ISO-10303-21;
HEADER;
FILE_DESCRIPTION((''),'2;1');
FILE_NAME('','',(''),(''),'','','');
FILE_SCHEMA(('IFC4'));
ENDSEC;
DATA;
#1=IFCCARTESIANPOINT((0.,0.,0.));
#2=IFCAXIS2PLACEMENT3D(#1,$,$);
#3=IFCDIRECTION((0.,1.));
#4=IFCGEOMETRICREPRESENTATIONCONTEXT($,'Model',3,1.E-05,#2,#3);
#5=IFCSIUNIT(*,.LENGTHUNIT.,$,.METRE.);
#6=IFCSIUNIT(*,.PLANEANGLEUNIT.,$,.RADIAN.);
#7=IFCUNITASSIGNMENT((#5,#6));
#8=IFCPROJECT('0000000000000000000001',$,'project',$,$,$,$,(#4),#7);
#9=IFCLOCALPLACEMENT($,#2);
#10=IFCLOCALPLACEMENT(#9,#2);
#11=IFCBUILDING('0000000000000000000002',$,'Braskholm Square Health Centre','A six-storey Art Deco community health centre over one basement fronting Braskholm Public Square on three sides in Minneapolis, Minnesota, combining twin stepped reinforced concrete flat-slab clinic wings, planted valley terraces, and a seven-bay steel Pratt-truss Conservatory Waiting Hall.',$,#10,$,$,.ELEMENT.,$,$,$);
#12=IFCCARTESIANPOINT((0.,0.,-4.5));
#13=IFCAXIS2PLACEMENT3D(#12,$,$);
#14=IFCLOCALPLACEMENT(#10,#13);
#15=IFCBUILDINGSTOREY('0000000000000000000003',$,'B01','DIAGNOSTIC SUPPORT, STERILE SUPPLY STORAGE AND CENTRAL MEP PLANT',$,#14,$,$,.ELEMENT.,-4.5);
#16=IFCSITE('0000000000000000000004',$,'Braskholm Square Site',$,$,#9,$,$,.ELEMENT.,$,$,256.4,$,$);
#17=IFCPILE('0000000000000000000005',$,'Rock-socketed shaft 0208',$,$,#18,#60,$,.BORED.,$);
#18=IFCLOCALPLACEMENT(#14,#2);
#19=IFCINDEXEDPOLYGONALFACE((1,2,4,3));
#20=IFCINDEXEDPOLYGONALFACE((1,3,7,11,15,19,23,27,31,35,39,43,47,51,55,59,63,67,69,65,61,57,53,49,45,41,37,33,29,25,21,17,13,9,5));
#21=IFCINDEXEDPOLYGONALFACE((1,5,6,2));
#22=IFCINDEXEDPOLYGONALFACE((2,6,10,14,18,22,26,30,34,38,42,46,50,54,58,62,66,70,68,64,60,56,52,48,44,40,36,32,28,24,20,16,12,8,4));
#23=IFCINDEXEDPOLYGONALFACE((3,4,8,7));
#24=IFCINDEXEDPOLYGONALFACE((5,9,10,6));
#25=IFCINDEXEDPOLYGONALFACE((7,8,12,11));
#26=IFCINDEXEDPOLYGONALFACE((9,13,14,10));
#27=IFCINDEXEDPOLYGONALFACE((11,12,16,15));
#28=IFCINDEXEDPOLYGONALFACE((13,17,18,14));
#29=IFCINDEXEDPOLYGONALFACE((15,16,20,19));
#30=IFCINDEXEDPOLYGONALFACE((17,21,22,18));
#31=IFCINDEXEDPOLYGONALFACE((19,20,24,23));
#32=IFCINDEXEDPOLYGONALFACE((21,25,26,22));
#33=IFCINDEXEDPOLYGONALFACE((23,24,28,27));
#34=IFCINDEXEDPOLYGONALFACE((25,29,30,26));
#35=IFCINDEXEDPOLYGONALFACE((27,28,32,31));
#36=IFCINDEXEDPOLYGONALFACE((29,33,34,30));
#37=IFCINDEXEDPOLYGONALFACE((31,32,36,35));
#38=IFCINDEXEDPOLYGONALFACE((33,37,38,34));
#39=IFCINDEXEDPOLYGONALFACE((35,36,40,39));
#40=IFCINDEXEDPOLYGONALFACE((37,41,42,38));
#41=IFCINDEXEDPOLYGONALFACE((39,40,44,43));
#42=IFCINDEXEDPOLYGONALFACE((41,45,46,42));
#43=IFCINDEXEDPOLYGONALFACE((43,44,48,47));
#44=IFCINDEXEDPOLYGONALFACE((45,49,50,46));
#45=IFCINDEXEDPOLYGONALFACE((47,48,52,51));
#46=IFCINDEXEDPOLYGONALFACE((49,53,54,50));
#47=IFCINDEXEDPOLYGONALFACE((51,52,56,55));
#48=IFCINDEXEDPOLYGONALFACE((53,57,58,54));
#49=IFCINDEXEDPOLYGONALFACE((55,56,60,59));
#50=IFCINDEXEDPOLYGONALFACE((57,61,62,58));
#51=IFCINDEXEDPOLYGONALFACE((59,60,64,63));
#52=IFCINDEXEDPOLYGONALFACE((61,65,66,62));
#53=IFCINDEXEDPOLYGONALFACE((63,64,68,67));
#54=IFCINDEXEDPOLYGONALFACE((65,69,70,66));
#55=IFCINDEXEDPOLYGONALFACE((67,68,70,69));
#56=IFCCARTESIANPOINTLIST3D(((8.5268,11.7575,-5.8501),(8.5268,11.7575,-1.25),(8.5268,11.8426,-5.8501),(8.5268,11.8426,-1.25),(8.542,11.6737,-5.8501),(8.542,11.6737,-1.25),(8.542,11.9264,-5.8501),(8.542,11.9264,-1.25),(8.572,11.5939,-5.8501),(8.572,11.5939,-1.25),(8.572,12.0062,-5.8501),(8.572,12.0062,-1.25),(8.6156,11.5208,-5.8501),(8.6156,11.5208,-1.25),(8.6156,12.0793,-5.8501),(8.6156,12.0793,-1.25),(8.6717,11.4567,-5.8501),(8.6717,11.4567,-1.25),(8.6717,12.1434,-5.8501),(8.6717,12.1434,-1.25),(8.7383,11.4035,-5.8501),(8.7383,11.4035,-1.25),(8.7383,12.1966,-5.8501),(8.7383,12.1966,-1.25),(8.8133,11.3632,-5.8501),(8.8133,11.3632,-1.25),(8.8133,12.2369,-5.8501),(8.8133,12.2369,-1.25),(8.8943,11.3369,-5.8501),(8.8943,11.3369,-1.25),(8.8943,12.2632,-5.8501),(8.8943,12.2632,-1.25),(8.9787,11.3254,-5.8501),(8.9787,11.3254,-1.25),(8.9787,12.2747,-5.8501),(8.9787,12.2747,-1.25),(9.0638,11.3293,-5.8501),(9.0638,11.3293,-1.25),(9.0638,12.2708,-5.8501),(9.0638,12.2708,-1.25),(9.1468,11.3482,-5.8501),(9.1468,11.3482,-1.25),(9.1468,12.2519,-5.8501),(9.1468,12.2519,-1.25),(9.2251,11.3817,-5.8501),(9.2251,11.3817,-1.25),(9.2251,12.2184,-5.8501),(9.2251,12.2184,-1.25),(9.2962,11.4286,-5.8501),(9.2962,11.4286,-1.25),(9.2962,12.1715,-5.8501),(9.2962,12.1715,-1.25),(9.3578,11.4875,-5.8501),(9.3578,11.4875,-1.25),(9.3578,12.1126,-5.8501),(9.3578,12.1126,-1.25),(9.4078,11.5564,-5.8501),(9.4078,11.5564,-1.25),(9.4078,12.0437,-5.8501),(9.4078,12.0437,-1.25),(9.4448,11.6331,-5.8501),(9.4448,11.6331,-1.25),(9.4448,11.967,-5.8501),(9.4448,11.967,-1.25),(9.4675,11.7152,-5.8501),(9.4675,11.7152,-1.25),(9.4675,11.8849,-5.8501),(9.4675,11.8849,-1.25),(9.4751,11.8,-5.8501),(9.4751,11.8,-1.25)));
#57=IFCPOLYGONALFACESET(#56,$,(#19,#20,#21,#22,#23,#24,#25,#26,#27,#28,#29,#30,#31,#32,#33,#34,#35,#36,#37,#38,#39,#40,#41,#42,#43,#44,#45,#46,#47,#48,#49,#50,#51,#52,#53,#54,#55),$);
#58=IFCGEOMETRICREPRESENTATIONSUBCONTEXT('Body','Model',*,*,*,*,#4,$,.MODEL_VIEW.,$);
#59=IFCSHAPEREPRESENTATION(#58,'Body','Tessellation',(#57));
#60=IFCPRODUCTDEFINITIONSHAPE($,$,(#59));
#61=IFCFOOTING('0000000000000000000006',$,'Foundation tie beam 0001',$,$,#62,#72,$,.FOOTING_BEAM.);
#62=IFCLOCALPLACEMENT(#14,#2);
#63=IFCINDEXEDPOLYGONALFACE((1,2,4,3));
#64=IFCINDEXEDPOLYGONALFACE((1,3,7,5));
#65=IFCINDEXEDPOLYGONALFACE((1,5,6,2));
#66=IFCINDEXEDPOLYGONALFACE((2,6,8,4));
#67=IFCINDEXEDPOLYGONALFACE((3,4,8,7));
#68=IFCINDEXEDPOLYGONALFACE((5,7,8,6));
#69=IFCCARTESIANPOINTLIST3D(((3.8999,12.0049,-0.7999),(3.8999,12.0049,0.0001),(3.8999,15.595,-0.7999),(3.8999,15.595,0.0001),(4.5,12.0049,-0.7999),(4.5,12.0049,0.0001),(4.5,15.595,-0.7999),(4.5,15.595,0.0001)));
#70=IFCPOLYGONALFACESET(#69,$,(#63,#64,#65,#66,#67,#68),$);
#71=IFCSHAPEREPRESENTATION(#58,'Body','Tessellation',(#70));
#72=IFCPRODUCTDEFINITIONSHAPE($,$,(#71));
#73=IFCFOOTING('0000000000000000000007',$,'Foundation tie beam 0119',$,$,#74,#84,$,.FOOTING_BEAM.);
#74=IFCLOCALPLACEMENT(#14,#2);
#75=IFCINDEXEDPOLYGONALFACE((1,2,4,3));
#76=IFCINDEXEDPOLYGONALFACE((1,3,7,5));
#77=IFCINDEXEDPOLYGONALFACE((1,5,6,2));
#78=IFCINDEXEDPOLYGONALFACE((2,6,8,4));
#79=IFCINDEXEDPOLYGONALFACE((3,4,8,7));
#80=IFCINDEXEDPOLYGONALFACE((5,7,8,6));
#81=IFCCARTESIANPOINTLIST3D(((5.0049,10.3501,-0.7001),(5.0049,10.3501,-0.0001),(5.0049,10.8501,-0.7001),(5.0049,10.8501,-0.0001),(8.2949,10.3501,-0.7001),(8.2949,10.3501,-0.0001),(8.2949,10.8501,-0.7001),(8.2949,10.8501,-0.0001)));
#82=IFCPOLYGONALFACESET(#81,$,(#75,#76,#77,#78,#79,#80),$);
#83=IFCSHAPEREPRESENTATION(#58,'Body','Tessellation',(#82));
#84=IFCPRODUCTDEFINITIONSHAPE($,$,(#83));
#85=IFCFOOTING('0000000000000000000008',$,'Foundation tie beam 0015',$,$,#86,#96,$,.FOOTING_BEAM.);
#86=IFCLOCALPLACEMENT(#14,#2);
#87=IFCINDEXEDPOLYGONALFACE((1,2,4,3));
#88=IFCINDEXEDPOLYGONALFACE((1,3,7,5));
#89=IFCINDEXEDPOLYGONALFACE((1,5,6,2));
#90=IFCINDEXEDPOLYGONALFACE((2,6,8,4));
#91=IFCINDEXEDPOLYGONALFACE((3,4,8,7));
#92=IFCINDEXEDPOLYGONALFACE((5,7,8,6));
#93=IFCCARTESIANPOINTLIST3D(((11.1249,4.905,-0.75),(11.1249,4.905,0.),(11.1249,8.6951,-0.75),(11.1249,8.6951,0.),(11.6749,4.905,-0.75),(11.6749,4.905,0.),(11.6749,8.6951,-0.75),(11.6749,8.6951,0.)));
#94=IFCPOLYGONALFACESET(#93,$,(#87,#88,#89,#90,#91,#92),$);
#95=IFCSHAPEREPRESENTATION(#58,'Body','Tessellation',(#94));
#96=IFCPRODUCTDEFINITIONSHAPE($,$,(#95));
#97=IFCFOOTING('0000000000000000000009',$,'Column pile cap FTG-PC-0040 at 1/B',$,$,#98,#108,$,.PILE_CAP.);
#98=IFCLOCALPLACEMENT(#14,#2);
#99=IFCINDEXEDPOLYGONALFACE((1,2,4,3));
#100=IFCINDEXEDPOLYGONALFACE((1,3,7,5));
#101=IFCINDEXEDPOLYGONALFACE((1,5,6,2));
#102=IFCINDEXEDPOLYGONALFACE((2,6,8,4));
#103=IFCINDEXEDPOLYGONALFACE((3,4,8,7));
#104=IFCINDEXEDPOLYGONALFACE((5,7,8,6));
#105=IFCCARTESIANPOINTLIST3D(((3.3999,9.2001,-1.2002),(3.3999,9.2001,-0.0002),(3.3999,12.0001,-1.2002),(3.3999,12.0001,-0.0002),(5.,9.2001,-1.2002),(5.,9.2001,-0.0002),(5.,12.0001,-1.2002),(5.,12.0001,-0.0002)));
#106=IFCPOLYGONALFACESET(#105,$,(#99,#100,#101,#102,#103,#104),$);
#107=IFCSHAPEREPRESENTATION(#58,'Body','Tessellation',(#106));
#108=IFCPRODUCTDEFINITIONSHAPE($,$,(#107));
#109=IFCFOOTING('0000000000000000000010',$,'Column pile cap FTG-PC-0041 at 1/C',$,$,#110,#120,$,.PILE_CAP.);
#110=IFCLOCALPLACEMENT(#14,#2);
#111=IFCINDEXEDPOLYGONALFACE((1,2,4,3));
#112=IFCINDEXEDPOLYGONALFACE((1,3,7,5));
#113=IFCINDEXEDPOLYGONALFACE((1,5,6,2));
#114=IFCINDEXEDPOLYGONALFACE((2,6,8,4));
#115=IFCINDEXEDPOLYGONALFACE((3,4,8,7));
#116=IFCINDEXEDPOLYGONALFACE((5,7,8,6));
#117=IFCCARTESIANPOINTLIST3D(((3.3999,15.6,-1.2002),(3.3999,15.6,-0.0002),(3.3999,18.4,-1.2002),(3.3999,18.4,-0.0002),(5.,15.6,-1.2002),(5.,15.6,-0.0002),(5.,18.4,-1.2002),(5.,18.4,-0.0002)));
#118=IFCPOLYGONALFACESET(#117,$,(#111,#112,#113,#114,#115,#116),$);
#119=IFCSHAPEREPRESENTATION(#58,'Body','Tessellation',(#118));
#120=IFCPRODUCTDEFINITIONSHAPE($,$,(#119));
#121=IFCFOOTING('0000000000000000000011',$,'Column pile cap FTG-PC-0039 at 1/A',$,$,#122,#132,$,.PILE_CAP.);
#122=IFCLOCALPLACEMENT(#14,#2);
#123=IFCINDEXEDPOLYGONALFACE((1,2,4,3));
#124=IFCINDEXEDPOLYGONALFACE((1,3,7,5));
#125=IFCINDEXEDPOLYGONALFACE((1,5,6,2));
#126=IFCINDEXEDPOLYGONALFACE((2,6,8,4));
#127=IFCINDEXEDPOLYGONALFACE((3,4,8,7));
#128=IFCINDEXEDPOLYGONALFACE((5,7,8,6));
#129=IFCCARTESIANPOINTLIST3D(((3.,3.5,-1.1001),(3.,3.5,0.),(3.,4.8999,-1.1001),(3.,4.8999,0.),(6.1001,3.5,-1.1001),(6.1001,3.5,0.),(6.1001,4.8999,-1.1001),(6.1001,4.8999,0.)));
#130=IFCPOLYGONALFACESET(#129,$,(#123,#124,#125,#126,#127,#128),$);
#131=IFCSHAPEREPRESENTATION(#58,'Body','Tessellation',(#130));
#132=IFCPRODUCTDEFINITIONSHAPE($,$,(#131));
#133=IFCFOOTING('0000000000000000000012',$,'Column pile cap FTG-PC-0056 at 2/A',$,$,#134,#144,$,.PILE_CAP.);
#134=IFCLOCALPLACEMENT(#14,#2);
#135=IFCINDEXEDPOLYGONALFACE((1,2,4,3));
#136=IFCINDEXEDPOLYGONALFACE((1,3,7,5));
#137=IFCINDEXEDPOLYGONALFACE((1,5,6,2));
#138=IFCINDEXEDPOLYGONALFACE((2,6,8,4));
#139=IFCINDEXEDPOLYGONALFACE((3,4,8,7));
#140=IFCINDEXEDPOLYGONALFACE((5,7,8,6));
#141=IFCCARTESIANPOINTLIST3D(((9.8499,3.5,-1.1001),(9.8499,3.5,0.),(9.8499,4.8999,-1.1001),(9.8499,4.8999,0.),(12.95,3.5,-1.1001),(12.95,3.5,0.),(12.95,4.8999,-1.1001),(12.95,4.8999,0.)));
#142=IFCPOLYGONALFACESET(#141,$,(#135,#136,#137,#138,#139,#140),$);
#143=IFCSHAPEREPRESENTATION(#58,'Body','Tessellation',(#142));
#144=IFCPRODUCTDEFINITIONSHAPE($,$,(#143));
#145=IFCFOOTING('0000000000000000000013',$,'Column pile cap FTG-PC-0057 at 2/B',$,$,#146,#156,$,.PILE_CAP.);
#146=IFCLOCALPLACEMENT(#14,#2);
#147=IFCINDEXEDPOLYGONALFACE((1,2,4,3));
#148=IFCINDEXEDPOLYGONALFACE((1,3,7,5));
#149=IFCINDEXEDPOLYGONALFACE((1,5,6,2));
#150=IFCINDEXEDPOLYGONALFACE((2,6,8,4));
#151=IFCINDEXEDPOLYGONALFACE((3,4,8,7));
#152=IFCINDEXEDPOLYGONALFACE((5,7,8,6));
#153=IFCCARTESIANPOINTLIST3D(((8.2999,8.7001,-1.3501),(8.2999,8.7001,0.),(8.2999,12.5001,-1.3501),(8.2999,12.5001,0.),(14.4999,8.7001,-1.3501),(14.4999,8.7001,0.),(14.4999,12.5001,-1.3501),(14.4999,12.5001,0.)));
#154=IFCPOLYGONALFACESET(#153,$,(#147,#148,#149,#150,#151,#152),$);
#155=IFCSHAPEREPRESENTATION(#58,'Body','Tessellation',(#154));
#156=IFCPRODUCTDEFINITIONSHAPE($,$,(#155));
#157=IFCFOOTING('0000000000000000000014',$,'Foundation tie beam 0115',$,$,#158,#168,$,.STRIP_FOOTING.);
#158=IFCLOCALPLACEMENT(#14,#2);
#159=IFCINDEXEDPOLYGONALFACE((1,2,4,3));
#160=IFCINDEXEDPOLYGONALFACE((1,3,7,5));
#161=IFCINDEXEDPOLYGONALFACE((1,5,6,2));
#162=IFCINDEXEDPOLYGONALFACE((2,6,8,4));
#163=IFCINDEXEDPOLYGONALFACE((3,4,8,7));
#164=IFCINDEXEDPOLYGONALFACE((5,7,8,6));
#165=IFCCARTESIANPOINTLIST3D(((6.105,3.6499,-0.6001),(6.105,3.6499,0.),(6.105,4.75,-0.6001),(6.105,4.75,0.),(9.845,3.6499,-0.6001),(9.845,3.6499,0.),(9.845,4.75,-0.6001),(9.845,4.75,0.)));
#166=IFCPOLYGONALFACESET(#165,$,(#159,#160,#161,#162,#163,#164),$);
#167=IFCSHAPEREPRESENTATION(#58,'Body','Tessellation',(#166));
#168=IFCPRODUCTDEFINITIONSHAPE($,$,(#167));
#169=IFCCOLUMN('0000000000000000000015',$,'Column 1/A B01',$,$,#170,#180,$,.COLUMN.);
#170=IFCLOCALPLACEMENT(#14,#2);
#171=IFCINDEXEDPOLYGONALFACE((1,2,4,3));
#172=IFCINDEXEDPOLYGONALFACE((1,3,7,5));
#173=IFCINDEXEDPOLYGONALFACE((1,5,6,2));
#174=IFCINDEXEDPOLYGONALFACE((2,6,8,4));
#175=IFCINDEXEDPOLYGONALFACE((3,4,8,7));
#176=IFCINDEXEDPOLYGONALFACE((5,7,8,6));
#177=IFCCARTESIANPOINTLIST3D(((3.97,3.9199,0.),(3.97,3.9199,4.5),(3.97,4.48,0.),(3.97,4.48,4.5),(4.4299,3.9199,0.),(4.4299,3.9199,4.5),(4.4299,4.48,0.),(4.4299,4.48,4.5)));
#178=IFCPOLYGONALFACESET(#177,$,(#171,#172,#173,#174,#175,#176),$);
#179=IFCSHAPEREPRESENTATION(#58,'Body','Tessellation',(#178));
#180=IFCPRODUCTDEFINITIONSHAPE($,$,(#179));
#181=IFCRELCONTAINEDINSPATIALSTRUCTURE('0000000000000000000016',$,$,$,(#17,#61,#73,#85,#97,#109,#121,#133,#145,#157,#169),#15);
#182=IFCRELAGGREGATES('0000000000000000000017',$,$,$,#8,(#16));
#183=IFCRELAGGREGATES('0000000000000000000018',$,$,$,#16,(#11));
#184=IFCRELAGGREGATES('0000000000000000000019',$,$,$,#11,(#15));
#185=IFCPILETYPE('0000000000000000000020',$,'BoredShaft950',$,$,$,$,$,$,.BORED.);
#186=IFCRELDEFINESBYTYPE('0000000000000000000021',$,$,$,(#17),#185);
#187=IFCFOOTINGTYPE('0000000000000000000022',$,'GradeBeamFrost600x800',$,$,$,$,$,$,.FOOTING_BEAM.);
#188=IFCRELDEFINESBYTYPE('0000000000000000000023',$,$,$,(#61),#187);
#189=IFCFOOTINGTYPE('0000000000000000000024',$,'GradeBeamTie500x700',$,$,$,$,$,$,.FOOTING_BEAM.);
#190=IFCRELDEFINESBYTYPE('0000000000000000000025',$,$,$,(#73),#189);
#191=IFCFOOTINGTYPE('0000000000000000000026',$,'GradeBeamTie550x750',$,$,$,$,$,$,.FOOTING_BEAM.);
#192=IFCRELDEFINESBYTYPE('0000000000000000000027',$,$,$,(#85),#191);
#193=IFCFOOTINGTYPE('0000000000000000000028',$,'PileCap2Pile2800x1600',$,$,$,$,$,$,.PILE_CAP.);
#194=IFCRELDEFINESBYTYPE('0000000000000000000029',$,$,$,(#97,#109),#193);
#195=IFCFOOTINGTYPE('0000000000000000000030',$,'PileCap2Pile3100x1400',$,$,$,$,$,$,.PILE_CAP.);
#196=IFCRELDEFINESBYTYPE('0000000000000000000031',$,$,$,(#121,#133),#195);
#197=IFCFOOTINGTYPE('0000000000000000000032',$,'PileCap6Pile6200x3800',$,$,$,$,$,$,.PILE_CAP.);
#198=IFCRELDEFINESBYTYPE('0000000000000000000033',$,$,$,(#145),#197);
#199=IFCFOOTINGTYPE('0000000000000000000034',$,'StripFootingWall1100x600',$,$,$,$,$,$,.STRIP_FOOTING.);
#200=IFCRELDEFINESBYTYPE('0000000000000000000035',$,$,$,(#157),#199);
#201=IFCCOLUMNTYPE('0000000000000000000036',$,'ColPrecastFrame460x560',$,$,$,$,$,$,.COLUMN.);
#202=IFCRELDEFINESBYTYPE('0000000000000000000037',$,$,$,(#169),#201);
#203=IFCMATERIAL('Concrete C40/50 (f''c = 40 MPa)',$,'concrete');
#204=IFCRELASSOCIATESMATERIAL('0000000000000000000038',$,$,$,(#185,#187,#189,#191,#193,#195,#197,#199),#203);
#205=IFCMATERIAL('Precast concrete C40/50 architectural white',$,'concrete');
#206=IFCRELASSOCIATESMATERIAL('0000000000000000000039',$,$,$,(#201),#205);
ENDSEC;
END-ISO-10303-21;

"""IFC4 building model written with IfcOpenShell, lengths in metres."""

from ifc_helpers import new_model, si_unit, direction, frame, origin, origin_2d, place, context, subcontext, project, spatial, rectangle, circle, extrude, material, material_profile, profile_set, type_object, element, save


model = new_model("IFC4")

# Units and contexts
model_context = context("Model", 3, precision=1e-05, world=origin(), true_north=direction((0.0, 1.0)))
body_context = subcontext(model_context, "Body", "Model", "MODEL_VIEW")
ifc_project = project(units=[si_unit("LENGTHUNIT", "METRE"), si_unit("PLANEANGLEUNIT", "RADIAN")], contexts=[model_context])

# Site, building, storey
site_placement = place(None, origin())
site = spatial("IfcSite", under=ifc_project, at=site_placement, Name="Braskholm Square Site", CompositionType="ELEMENT", RefElevation=256.4)
building_placement = place(site_placement, origin())
building = spatial("IfcBuilding", under=site, at=building_placement, Name="Braskholm Square Health Centre", Description="A six-storey Art Deco community health centre over one basement fronting Braskholm Public Square on three sides in Minneapolis, Minnesota, combining twin stepped reinforced concrete flat-slab clinic wings, planted valley terraces, and a seven-bay steel Pratt-truss Conservatory Waiting Hall.", CompositionType="ELEMENT")
storey_placement = place(building_placement, frame((0.0, 0.0, -4.5)))
storey = spatial("IfcBuildingStorey", under=building, at=storey_placement, Name="B01", Description="DIAGNOSTIC SUPPORT, STERILE SUPPLY STORAGE AND CENTRAL MEP PLANT", CompositionType="ELEMENT", Elevation=-4.5)

# Pile
ifc_material_1 = material(Name="Concrete C40/50 (f'c = 40 MPa)", Category="concrete")
ifc_material_profile_1 = material_profile(ifc_material_1, circle(Radius=0.4751, at=origin_2d()), Name="BORED-PILE-950")
ifc_profile_set_1 = profile_set([ifc_material_profile_1], Name="Concrete C40/50 (f'c = 40 MPa)")
pile_type_1 = type_object("IfcPileType", Name="BoredShaft950", PredefinedType="BORED", material=ifc_profile_set_1)
for number, where, z_axis, x_axis, name in (
    (1, (9.0, 11.8, -1.25), (0.0, 0.0, -1.0), (1.0, 0.0, 0.0), "Rock-socketed shaft 0208"),
):
    element("IfcPile", number, at=place(storey_placement, frame(where, z_axis=z_axis, x_axis=x_axis)), inside=storey, type_object=pile_type_1, Name=name, PredefinedType="BORED", context=body_context, shape_type="SweptSolid", body=[
        extrude(circle(Radius=0.4751, at=origin_2d()), origin(), (0.0, 0.0, 1.0), 4.6001),
    ])

# Footings
ifc_material_profile_2 = material_profile(ifc_material_1, rectangle(XDim=0.6001, YDim=0.8, at=origin_2d()), Name="FTG-600X800")
ifc_profile_set_2 = profile_set([ifc_material_profile_2], Name="Concrete C40/50 (f'c = 40 MPa)")
footing_type_1 = type_object("IfcFootingType", Name="GradeBeamFrost600x800", PredefinedType="FOOTING_BEAM", material=ifc_profile_set_2)
footing_1_placement = place(storey_placement, frame((4.2, 12.0049, -0.3999), z_axis=(0.0, 1.0, 0.0), x_axis=(-1.0, 0.0, 0.0)))
element("IfcFooting", 2, at=footing_1_placement, inside=storey, type_object=footing_type_1, Name="Foundation tie beam 0001", PredefinedType="FOOTING_BEAM", context=body_context, shape_type="SweptSolid", body=[
    extrude(rectangle(XDim=0.6001, YDim=0.8, at=origin_2d()), origin(), (0.0, 0.0, 1.0), 3.5901),
])
ifc_material_profile_3 = material_profile(ifc_material_1, rectangle(XDim=0.5, YDim=0.7, at=origin_2d()), Name="FTG-500X700")
ifc_profile_set_3 = profile_set([ifc_material_profile_3], Name="Concrete C40/50 (f'c = 40 MPa)")
footing_type_2 = type_object("IfcFootingType", Name="GradeBeamTie500x700", PredefinedType="FOOTING_BEAM", material=ifc_profile_set_3)
footing_2_placement = place(storey_placement, frame((5.0049, 10.6001, -0.3501), z_axis=(1.0, 0.0, 0.0), x_axis=(0.0, 1.0, 0.0)))
element("IfcFooting", 3, at=footing_2_placement, inside=storey, type_object=footing_type_2, Name="Foundation tie beam 0119", PredefinedType="FOOTING_BEAM", context=body_context, shape_type="SweptSolid", body=[
    extrude(rectangle(XDim=0.5, YDim=0.7, at=origin_2d()), origin(), (0.0, 0.0, 1.0), 3.29),
])
ifc_material_profile_4 = material_profile(ifc_material_1, rectangle(XDim=0.55, YDim=0.75, at=origin_2d()), Name="FTG-550X750")
ifc_profile_set_4 = profile_set([ifc_material_profile_4], Name="Concrete C40/50 (f'c = 40 MPa)")
footing_type_3 = type_object("IfcFootingType", Name="GradeBeamTie550x750", PredefinedType="FOOTING_BEAM", material=ifc_profile_set_4)
footing_3_placement = place(storey_placement, frame((11.3999, 4.905, -0.375), z_axis=(0.0, 1.0, 0.0), x_axis=(-1.0, 0.0, 0.0)))
element("IfcFooting", 4, at=footing_3_placement, inside=storey, type_object=footing_type_3, Name="Foundation tie beam 0015", PredefinedType="FOOTING_BEAM", context=body_context, shape_type="SweptSolid", body=[
    extrude(rectangle(XDim=0.55, YDim=0.75, at=origin_2d()), origin(), (0.0, 0.0, 1.0), 3.79),
])
footing_type_4 = type_object("IfcFootingType", Name="PileCap2Pile2800x1600", PredefinedType="PILE_CAP", material=ifc_material_1)
for number, where, z_axis, x_axis, name in (
    (5, (4.2, 10.6001, -1.2002), (0.0, 0.0, 1.0), (0.0, 1.0, 0.0), "Column pile cap FTG-PC-0040 at 1/B"),
    (6, (4.2, 17.0, -1.2002), (0.0, 0.0, 1.0), (0.0, 1.0, 0.0), "Column pile cap FTG-PC-0041 at 1/C"),
):
    element("IfcFooting", number, at=place(storey_placement, frame(where, z_axis=z_axis, x_axis=x_axis)), inside=storey, type_object=footing_type_4, Name=name, PredefinedType="PILE_CAP", context=body_context, shape_type="SweptSolid", body=[
        extrude(rectangle(XDim=2.8, YDim=1.6001, at=origin_2d()), origin(), (0.0, 0.0, 1.0), 1.2),
    ])
footing_type_5 = type_object("IfcFootingType", Name="PileCap2Pile3100x1400", PredefinedType="PILE_CAP", material=ifc_material_1)
for number, where, z_axis, x_axis, name in (
    (7, (4.55, 4.2, -1.1001), (0.0, 0.0, 1.0), (1.0, 0.0, 0.0), "Column pile cap FTG-PC-0039 at 1/A"),
    (8, (11.3999, 4.2, -1.1001), (0.0, 0.0, 1.0), (1.0, 0.0, 0.0), "Column pile cap FTG-PC-0056 at 2/A"),
):
    element("IfcFooting", number, at=place(storey_placement, frame(where, z_axis=z_axis, x_axis=x_axis)), inside=storey, type_object=footing_type_5, Name=name, PredefinedType="PILE_CAP", context=body_context, shape_type="SweptSolid", body=[
        extrude(rectangle(XDim=3.1001, YDim=1.3999, at=origin_2d()), origin(), (0.0, 0.0, 1.0), 1.1001),
    ])
footing_type_6 = type_object("IfcFootingType", Name="PileCap6Pile6200x3800", PredefinedType="PILE_CAP", material=ifc_material_1)
footing_4_placement = place(storey_placement, frame((11.3999, 10.6001, -1.3501), z_axis=(0.0, 0.0, 1.0), x_axis=(1.0, 0.0, 0.0)))
element("IfcFooting", 9, at=footing_4_placement, inside=storey, type_object=footing_type_6, Name="Column pile cap FTG-PC-0057 at 2/B", PredefinedType="PILE_CAP", context=body_context, shape_type="SweptSolid", body=[
    extrude(rectangle(XDim=6.2, YDim=3.8, at=origin_2d()), origin(), (0.0, 0.0, 1.0), 1.3501),
])
ifc_material_profile_5 = material_profile(ifc_material_1, rectangle(XDim=1.1001, YDim=0.6001, at=origin_2d()), Name="FTG-1100X600")
ifc_profile_set_5 = profile_set([ifc_material_profile_5], Name="Concrete C40/50 (f'c = 40 MPa)")
footing_type_7 = type_object("IfcFootingType", Name="StripFootingWall1100x600", PredefinedType="STRIP_FOOTING", material=ifc_profile_set_5)
footing_5_placement = place(storey_placement, frame((6.105, 4.2, -0.3), z_axis=(1.0, 0.0, 0.0), x_axis=(0.0, 1.0, 0.0)))
element("IfcFooting", 10, at=footing_5_placement, inside=storey, type_object=footing_type_7, Name="Foundation tie beam 0115", PredefinedType="STRIP_FOOTING", context=body_context, shape_type="SweptSolid", body=[
    extrude(rectangle(XDim=1.1001, YDim=0.6001, at=origin_2d()), origin(), (0.0, 0.0, 1.0), 3.74),
])

# Column
ifc_material_2 = material(Name="Precast concrete C40/50 architectural white", Category="concrete")
ifc_material_profile_6 = material_profile(ifc_material_2, rectangle(XDim=0.46, YDim=0.5601, at=origin_2d()), Name="RC-460X560")
ifc_profile_set_6 = profile_set([ifc_material_profile_6], Name="Precast concrete C40/50 architectural white")
column_type = type_object("IfcColumnType", Name="ColPrecastFrame460x560", PredefinedType="COLUMN", material=ifc_profile_set_6)
for number, where, z_axis, x_axis, name in (
    (11, (4.2, 4.2, 0.0), (0.0, 0.0, 1.0), (1.0, 0.0, 0.0), "Column 1/A B01"),
):
    element("IfcColumn", number, at=place(storey_placement, frame(where, z_axis=z_axis, x_axis=x_axis)), inside=storey, type_object=column_type, Name=name, PredefinedType="COLUMN", context=body_context, shape_type="SweptSolid", body=[
        extrude(rectangle(XDim=0.46, YDim=0.5601, at=origin_2d()), origin(), (0.0, 0.0, 1.0), 4.5),
    ])

save(model, "model.ifc")
